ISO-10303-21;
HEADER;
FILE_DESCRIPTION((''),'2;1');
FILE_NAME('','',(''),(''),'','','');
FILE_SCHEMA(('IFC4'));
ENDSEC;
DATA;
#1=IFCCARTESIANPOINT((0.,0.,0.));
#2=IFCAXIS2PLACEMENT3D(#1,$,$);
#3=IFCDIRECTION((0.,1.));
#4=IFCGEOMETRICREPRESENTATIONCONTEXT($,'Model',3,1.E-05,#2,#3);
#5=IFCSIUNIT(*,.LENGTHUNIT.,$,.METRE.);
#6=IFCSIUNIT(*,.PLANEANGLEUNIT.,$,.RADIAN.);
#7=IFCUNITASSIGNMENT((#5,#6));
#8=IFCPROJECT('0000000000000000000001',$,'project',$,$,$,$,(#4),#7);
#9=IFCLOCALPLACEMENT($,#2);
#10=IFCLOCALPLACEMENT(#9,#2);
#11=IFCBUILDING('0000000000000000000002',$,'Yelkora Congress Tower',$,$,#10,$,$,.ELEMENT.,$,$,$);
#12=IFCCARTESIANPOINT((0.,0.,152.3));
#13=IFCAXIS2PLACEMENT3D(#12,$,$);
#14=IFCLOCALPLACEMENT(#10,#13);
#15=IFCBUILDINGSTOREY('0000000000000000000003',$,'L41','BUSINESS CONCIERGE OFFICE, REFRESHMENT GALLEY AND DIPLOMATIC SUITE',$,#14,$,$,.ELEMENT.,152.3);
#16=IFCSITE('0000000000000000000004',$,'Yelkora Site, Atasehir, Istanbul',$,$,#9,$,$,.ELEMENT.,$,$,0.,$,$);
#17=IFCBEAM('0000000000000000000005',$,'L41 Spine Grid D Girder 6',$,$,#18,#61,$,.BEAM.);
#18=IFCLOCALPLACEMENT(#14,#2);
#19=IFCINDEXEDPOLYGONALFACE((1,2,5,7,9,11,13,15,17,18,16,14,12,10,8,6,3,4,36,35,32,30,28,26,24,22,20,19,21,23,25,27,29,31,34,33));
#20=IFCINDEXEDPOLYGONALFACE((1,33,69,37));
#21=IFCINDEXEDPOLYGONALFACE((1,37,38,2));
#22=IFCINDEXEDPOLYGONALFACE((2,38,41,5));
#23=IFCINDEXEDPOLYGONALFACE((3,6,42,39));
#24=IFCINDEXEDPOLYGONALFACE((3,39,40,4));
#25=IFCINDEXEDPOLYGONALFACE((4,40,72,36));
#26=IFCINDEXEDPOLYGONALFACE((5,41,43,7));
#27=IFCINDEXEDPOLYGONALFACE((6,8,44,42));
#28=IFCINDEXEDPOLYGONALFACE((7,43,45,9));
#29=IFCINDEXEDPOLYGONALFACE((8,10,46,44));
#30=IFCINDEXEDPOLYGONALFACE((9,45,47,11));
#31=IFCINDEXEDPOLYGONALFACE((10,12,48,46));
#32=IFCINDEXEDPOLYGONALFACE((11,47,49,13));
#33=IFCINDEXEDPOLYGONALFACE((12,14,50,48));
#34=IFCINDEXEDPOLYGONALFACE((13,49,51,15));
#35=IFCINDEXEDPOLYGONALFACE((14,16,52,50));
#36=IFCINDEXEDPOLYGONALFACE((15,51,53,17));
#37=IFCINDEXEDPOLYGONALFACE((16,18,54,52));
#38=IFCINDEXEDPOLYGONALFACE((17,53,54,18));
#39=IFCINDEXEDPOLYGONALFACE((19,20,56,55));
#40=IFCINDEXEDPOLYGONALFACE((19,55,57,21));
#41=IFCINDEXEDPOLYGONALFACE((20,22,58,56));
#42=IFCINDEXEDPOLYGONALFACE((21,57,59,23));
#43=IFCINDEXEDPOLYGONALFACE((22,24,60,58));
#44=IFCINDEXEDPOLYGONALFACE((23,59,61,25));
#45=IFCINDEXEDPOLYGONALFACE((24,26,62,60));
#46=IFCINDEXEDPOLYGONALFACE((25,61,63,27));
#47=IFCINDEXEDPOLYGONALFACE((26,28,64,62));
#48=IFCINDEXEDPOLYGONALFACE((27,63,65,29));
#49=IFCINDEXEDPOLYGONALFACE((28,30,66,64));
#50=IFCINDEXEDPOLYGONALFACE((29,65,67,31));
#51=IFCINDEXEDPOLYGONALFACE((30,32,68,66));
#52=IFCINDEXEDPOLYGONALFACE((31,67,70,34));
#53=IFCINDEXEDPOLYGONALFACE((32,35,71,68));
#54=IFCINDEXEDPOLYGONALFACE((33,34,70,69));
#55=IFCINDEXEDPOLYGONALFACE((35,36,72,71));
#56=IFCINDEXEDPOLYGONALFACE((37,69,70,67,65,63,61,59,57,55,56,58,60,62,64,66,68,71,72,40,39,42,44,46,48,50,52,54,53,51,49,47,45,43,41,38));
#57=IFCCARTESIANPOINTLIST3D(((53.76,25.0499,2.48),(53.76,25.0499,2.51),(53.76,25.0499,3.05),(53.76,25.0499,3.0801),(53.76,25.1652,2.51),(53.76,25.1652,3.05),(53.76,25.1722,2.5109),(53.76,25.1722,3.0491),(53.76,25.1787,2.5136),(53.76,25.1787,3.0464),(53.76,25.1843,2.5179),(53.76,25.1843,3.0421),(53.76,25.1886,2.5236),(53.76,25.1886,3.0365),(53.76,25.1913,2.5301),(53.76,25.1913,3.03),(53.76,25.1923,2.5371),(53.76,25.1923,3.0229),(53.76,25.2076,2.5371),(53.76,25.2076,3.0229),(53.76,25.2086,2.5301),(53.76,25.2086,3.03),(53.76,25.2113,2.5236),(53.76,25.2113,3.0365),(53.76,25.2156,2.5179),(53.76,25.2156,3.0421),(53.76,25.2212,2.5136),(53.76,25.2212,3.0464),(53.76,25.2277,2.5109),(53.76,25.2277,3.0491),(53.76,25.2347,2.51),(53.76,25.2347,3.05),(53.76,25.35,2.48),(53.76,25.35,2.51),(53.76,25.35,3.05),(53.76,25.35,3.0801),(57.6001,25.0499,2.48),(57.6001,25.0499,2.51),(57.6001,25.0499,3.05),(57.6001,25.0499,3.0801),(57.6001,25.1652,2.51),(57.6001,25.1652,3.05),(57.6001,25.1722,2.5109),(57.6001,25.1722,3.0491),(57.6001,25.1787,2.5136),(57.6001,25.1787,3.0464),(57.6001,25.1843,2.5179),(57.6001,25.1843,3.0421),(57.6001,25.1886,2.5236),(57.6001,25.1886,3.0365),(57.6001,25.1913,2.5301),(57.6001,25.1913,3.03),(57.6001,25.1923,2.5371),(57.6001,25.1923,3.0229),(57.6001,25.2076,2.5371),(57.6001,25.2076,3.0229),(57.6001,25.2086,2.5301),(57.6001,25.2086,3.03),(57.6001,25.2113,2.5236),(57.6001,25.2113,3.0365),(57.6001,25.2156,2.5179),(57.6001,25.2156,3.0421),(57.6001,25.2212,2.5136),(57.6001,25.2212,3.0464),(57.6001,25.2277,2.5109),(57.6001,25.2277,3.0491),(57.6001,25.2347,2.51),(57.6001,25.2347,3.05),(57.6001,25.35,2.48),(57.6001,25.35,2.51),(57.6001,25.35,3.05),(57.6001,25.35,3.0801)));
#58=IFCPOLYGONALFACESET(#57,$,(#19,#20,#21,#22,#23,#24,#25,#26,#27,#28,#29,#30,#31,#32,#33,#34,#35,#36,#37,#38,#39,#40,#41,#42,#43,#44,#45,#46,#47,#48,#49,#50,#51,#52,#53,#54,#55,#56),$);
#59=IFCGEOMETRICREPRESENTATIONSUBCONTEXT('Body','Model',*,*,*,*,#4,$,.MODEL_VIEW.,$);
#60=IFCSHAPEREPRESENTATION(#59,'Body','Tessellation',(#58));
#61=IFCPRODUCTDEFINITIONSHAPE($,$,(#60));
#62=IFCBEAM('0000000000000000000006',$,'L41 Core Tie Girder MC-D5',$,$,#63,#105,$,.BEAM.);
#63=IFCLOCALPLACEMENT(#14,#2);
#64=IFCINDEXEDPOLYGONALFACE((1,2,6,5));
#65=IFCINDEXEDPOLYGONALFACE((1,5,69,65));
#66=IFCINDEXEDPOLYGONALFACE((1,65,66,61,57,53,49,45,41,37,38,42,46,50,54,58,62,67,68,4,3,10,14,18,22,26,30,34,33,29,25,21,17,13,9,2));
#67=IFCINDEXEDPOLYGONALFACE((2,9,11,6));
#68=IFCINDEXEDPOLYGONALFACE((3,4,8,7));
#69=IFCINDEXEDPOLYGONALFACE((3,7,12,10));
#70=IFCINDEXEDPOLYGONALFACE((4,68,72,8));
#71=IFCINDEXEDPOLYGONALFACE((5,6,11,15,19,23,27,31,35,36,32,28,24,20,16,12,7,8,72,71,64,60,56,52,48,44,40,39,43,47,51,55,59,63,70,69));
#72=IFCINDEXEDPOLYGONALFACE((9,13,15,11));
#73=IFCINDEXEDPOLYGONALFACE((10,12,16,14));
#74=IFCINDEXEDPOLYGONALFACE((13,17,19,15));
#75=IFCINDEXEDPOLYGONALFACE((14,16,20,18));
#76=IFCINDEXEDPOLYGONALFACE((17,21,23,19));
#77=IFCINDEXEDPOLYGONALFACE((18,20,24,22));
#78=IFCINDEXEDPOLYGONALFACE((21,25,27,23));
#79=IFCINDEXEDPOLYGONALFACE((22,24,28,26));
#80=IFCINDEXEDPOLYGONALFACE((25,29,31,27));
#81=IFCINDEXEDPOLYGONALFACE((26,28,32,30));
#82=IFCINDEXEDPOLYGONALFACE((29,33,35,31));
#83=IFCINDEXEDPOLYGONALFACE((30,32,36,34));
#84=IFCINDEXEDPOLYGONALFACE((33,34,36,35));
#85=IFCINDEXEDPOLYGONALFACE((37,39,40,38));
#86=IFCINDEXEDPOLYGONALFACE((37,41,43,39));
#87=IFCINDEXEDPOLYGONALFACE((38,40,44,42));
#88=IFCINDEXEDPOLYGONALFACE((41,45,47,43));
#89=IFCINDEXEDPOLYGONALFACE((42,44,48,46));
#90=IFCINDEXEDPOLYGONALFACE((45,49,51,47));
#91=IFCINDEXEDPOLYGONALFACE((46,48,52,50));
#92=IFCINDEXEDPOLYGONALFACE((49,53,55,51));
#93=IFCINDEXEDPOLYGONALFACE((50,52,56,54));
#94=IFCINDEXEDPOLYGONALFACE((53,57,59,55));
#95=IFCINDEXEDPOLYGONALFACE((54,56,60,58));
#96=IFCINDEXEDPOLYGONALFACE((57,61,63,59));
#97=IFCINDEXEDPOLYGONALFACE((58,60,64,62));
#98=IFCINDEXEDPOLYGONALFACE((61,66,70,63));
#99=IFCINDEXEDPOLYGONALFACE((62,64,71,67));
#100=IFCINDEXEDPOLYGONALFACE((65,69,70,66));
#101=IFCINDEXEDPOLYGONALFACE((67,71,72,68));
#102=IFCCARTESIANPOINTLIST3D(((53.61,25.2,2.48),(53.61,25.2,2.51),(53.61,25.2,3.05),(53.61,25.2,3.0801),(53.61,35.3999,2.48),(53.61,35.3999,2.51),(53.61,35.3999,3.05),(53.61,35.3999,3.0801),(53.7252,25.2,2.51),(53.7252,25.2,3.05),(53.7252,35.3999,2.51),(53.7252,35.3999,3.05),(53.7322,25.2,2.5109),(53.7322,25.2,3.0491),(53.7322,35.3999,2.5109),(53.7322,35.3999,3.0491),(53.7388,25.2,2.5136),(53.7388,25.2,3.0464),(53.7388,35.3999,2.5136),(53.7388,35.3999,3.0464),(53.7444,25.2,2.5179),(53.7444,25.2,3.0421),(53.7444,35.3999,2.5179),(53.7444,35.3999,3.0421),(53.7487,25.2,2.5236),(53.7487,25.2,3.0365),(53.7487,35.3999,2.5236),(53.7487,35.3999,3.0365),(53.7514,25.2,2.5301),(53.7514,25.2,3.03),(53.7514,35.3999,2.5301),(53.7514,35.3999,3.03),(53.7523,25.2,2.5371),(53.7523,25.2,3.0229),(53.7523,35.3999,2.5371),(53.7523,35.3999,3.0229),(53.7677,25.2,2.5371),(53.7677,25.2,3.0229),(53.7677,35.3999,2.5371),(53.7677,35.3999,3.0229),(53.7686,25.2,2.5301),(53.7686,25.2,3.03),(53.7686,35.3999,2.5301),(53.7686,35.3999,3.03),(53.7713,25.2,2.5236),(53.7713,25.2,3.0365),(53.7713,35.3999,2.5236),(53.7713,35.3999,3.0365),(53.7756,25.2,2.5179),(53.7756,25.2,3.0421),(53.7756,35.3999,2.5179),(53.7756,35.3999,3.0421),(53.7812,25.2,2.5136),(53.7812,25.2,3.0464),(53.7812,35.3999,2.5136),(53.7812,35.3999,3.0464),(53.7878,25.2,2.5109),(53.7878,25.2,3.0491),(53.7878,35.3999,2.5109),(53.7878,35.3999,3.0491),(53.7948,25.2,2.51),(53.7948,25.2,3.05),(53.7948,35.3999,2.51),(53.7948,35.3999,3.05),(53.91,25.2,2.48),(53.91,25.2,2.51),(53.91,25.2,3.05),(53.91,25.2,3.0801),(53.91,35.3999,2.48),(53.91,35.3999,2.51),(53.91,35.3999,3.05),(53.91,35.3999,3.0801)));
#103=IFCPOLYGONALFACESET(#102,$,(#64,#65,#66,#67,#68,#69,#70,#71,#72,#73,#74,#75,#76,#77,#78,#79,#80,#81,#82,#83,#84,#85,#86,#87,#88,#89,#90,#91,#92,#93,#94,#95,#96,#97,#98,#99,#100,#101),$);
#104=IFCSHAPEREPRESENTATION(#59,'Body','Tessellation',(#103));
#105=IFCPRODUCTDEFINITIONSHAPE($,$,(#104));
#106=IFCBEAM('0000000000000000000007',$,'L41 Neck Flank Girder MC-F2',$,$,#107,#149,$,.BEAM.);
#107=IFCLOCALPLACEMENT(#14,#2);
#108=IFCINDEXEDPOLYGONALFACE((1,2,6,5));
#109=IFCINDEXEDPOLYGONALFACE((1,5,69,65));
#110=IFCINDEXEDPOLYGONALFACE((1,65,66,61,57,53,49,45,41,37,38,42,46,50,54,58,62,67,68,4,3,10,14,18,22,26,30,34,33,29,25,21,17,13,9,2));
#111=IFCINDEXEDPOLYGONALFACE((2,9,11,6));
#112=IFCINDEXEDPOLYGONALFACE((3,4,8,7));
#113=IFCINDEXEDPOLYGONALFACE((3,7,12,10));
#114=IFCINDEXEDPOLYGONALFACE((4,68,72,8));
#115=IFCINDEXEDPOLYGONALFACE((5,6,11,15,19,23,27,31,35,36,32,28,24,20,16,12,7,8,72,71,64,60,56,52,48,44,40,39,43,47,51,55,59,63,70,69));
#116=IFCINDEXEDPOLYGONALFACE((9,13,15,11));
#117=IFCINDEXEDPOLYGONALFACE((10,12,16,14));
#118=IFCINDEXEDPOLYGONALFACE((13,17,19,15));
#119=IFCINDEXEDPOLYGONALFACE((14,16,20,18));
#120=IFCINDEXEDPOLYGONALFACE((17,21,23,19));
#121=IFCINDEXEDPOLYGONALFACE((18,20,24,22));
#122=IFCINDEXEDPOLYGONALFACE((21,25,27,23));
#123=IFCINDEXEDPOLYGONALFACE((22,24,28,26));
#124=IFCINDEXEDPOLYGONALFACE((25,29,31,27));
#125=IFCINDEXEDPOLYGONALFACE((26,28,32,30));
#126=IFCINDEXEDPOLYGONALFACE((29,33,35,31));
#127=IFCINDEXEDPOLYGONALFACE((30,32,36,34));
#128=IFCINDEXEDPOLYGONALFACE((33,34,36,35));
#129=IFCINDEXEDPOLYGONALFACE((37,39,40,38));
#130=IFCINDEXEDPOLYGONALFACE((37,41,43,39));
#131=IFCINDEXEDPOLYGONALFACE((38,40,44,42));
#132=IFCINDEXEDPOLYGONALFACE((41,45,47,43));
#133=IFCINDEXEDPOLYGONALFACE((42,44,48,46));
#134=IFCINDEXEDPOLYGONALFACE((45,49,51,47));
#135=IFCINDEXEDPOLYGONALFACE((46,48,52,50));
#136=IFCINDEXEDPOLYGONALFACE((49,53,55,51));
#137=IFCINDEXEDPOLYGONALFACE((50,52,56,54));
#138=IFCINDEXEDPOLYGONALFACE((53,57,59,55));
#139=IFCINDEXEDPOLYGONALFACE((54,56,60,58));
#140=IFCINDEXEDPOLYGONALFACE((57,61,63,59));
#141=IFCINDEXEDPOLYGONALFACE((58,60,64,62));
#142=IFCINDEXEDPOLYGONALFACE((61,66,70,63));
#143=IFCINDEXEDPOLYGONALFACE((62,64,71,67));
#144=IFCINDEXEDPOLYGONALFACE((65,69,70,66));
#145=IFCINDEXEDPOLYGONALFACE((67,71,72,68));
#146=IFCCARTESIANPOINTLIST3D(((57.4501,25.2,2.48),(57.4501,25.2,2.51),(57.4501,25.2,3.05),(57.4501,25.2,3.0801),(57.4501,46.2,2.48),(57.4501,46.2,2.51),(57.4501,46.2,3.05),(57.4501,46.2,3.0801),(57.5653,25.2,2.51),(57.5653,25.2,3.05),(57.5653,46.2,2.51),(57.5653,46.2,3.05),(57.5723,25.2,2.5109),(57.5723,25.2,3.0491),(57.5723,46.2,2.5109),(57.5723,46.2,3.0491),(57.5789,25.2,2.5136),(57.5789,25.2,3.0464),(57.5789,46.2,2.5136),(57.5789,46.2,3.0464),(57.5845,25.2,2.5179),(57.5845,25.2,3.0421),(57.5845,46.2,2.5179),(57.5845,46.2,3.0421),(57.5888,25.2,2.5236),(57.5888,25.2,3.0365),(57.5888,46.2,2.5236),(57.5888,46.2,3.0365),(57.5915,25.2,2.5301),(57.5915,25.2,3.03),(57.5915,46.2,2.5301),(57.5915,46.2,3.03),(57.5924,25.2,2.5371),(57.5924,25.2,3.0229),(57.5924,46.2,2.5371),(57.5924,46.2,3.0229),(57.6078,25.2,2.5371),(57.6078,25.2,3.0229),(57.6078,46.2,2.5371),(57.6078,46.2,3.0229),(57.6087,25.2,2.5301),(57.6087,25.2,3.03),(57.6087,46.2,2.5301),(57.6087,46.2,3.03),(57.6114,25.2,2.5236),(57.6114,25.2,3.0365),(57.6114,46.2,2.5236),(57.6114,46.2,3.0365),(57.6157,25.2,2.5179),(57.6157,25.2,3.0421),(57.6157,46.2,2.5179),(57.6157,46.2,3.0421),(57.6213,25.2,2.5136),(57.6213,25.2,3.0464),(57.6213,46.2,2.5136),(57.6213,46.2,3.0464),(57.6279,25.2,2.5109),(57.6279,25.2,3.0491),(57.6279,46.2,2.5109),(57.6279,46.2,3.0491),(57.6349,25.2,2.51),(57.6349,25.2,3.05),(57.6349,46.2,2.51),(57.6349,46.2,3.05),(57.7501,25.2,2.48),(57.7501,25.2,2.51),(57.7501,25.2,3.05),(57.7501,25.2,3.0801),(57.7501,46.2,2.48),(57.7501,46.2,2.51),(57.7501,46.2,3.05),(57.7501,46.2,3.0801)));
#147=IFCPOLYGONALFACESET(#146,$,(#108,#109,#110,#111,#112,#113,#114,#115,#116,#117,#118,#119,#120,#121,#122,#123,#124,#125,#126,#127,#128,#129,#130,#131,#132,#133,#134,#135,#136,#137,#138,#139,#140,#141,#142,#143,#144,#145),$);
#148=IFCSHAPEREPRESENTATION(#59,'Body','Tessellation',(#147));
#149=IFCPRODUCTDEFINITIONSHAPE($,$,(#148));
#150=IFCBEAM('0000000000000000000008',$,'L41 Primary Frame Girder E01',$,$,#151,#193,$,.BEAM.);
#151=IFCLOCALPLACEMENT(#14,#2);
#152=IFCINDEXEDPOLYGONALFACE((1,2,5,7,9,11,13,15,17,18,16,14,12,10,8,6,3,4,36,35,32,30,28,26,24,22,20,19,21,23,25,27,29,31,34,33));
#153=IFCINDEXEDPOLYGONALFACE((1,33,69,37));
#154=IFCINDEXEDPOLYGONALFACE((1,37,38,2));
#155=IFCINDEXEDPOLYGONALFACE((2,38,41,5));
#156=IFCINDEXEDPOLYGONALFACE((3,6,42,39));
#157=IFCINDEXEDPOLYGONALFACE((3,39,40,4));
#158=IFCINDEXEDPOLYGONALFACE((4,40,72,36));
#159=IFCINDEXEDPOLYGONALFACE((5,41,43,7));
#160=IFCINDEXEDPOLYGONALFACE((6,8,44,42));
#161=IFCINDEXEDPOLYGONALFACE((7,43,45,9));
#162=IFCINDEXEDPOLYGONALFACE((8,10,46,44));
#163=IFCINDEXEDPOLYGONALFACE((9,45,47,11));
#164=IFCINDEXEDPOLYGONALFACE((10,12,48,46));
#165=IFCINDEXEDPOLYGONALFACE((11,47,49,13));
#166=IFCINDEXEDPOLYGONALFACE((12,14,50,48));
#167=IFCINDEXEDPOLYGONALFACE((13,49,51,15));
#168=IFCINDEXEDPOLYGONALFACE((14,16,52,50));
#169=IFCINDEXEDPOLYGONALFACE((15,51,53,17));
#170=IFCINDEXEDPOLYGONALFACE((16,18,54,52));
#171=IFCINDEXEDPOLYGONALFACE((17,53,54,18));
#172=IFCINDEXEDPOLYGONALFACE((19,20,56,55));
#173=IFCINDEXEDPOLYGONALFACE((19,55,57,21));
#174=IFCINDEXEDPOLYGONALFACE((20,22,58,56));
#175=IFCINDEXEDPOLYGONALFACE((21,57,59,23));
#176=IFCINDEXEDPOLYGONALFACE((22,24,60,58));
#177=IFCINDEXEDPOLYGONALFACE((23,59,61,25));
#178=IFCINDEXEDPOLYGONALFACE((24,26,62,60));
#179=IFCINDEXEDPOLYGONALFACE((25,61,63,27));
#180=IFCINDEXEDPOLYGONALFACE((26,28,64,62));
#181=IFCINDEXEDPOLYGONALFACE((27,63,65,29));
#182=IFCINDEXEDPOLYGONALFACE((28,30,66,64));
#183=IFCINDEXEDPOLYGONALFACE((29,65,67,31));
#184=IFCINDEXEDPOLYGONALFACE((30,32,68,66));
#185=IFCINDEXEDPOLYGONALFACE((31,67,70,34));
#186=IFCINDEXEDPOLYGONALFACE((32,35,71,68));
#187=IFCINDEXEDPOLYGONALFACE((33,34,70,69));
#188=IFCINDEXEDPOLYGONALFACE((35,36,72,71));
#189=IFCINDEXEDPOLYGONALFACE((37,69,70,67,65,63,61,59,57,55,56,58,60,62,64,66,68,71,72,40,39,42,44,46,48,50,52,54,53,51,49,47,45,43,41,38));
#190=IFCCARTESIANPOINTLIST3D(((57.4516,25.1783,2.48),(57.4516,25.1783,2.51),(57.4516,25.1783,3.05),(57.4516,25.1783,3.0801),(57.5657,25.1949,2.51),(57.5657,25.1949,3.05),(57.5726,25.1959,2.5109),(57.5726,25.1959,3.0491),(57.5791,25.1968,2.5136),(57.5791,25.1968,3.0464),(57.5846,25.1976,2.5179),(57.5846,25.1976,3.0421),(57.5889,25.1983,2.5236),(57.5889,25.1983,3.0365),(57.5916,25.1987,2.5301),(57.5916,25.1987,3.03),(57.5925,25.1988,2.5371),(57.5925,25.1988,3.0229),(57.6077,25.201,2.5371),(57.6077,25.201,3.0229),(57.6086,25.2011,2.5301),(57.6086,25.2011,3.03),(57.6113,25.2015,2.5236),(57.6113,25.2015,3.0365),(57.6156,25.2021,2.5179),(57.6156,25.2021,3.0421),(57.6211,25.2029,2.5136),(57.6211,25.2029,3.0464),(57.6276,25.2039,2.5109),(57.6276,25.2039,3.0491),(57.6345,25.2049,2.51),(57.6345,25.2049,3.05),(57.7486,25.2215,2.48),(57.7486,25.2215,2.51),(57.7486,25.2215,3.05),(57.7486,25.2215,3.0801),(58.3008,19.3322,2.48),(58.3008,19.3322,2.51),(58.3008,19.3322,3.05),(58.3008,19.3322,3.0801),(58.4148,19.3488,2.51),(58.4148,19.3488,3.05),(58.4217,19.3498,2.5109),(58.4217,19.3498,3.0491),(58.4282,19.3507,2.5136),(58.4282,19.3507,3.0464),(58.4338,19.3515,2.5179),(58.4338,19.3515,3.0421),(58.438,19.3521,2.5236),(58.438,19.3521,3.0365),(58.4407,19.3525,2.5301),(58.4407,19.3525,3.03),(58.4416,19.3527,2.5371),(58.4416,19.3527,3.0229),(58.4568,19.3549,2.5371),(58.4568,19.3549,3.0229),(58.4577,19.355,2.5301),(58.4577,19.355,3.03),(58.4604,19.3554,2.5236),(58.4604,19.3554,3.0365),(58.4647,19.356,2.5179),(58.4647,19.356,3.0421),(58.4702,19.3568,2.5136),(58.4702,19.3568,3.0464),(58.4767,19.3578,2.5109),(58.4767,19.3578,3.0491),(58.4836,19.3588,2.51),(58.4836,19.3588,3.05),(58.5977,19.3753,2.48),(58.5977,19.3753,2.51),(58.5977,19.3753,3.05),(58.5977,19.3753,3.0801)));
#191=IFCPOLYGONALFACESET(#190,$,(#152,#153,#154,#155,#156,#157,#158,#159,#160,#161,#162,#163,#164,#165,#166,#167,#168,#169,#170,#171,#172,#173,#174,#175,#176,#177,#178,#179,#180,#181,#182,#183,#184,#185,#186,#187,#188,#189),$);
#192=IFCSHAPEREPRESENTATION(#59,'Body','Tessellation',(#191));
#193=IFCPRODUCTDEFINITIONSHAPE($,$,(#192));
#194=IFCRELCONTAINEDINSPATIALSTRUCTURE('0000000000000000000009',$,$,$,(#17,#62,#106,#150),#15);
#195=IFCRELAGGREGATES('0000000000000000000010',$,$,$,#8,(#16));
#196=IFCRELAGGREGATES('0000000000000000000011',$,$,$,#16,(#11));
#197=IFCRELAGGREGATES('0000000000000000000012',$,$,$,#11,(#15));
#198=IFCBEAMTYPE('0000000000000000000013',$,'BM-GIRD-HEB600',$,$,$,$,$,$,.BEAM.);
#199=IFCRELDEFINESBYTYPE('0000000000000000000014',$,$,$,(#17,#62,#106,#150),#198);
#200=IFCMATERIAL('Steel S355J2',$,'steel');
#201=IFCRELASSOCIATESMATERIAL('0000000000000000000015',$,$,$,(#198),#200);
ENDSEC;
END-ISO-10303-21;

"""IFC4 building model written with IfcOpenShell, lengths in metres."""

from ifc_helpers import new_model, si_unit, direction, frame, origin, origin_2d, place, context, subcontext, project, spatial, i_section, extrude, material, material_profile, profile_set, type_object, element, save


model = new_model("IFC4")

# Units and contexts
model_context = context("Model", 3, precision=1e-05, world=origin(), true_north=direction((0.0, 1.0)))
body_context = subcontext(model_context, "Body", "Model", "MODEL_VIEW")
ifc_project = project(units=[si_unit("LENGTHUNIT", "METRE"), si_unit("PLANEANGLEUNIT", "RADIAN")], contexts=[model_context])

# Site, building, storey
site_placement = place(None, origin())
site = spatial("IfcSite", under=ifc_project, at=site_placement, Name="Yelkora Site, Atasehir, Istanbul", CompositionType="ELEMENT", RefElevation=0.0)
building_placement = place(site_placement, origin())
building = spatial("IfcBuilding", under=site, at=building_placement, Name="Yelkora Congress Tower", CompositionType="ELEMENT")
storey_placement = place(building_placement, frame((0.0, 0.0, 152.3)))
storey = spatial("IfcBuildingStorey", under=building, at=storey_placement, Name="L41", Description="BUSINESS CONCIERGE OFFICE, REFRESHMENT GALLEY AND DIPLOMATIC SUITE", CompositionType="ELEMENT", Elevation=152.3)

# Beams
ifc_material_1 = material(Name="Steel S355J2", Category="steel")
ifc_material_profile_1 = material_profile(ifc_material_1, i_section(OverallWidth=0.3, OverallDepth=0.6001, WebThickness=0.0154, FlangeThickness=0.03, FilletRadius=0.0271, at=origin_2d()), Name="HEB 600")
ifc_profile_set_1 = profile_set([ifc_material_profile_1], Name="Steel S355J2")
beam_type_1 = type_object("IfcBeamType", Name="BM-GIRD-HEB600", PredefinedType="BEAM", material=ifc_profile_set_1)
beam_1_placement = place(storey_placement, frame((53.76, 25.2, 2.78), z_axis=(1.0, 0.0, 0.0), x_axis=(0.0, 1.0, 0.0)))
element("IfcBeam", 1, at=beam_1_placement, inside=storey, type_object=beam_type_1, Name="L41 Spine Grid D Girder 6", PredefinedType="BEAM", context=body_context, shape_type="SweptSolid", body=[
    extrude(i_section(OverallWidth=0.3, OverallDepth=0.6001, WebThickness=0.0154, FlangeThickness=0.03, FilletRadius=0.0271, at=origin_2d()), origin(), (0.0, 0.0, 1.0), 3.8401),
])
beam_2_placement = place(storey_placement, frame((53.76, 25.2, 2.78), z_axis=(0.0, 1.0, 0.0), x_axis=(-1.0, 0.0, 0.0)))
element("IfcBeam", 2, at=beam_2_placement, inside=storey, type_object=beam_type_1, Name="L41 Core Tie Girder MC-D5", PredefinedType="BEAM", context=body_context, shape_type="SweptSolid", body=[
    extrude(i_section(OverallWidth=0.3, OverallDepth=0.6001, WebThickness=0.0154, FlangeThickness=0.03, FilletRadius=0.0271, at=origin_2d()), origin(), (0.0, 0.0, 1.0), 10.2),
])
beam_3_placement = place(storey_placement, frame((57.6001, 25.2, 2.78), z_axis=(0.0, 1.0, 0.0), x_axis=(-1.0, 0.0, 0.0)))
element("IfcBeam", 3, at=beam_3_placement, inside=storey, type_object=beam_type_1, Name="L41 Neck Flank Girder MC-F2", PredefinedType="BEAM", context=body_context, shape_type="SweptSolid", body=[
    extrude(i_section(OverallWidth=0.3, OverallDepth=0.6001, WebThickness=0.0154, FlangeThickness=0.03, FilletRadius=0.0271, at=origin_2d()), origin(), (0.0, 0.0, 1.0), 21.0),
])
beam_4_placement = place(storey_placement, frame((58.4492, 19.3538, 2.78), z_axis=(-0.143735, 0.989616, 0.0), x_axis=(-0.989616, -0.143735, 0.0)))
element("IfcBeam", 4, at=beam_4_placement, inside=storey, type_object=beam_type_1, Name="L41 Primary Frame Girder E01", PredefinedType="BEAM", context=body_context, shape_type="SweptSolid", body=[
    extrude(i_section(OverallWidth=0.3, OverallDepth=0.6001, WebThickness=0.0154, FlangeThickness=0.03, FilletRadius=0.0271, at=origin_2d()), origin(), (0.0, 0.0, 1.0), 5.9075),
])

save(model, "model.ifc")
